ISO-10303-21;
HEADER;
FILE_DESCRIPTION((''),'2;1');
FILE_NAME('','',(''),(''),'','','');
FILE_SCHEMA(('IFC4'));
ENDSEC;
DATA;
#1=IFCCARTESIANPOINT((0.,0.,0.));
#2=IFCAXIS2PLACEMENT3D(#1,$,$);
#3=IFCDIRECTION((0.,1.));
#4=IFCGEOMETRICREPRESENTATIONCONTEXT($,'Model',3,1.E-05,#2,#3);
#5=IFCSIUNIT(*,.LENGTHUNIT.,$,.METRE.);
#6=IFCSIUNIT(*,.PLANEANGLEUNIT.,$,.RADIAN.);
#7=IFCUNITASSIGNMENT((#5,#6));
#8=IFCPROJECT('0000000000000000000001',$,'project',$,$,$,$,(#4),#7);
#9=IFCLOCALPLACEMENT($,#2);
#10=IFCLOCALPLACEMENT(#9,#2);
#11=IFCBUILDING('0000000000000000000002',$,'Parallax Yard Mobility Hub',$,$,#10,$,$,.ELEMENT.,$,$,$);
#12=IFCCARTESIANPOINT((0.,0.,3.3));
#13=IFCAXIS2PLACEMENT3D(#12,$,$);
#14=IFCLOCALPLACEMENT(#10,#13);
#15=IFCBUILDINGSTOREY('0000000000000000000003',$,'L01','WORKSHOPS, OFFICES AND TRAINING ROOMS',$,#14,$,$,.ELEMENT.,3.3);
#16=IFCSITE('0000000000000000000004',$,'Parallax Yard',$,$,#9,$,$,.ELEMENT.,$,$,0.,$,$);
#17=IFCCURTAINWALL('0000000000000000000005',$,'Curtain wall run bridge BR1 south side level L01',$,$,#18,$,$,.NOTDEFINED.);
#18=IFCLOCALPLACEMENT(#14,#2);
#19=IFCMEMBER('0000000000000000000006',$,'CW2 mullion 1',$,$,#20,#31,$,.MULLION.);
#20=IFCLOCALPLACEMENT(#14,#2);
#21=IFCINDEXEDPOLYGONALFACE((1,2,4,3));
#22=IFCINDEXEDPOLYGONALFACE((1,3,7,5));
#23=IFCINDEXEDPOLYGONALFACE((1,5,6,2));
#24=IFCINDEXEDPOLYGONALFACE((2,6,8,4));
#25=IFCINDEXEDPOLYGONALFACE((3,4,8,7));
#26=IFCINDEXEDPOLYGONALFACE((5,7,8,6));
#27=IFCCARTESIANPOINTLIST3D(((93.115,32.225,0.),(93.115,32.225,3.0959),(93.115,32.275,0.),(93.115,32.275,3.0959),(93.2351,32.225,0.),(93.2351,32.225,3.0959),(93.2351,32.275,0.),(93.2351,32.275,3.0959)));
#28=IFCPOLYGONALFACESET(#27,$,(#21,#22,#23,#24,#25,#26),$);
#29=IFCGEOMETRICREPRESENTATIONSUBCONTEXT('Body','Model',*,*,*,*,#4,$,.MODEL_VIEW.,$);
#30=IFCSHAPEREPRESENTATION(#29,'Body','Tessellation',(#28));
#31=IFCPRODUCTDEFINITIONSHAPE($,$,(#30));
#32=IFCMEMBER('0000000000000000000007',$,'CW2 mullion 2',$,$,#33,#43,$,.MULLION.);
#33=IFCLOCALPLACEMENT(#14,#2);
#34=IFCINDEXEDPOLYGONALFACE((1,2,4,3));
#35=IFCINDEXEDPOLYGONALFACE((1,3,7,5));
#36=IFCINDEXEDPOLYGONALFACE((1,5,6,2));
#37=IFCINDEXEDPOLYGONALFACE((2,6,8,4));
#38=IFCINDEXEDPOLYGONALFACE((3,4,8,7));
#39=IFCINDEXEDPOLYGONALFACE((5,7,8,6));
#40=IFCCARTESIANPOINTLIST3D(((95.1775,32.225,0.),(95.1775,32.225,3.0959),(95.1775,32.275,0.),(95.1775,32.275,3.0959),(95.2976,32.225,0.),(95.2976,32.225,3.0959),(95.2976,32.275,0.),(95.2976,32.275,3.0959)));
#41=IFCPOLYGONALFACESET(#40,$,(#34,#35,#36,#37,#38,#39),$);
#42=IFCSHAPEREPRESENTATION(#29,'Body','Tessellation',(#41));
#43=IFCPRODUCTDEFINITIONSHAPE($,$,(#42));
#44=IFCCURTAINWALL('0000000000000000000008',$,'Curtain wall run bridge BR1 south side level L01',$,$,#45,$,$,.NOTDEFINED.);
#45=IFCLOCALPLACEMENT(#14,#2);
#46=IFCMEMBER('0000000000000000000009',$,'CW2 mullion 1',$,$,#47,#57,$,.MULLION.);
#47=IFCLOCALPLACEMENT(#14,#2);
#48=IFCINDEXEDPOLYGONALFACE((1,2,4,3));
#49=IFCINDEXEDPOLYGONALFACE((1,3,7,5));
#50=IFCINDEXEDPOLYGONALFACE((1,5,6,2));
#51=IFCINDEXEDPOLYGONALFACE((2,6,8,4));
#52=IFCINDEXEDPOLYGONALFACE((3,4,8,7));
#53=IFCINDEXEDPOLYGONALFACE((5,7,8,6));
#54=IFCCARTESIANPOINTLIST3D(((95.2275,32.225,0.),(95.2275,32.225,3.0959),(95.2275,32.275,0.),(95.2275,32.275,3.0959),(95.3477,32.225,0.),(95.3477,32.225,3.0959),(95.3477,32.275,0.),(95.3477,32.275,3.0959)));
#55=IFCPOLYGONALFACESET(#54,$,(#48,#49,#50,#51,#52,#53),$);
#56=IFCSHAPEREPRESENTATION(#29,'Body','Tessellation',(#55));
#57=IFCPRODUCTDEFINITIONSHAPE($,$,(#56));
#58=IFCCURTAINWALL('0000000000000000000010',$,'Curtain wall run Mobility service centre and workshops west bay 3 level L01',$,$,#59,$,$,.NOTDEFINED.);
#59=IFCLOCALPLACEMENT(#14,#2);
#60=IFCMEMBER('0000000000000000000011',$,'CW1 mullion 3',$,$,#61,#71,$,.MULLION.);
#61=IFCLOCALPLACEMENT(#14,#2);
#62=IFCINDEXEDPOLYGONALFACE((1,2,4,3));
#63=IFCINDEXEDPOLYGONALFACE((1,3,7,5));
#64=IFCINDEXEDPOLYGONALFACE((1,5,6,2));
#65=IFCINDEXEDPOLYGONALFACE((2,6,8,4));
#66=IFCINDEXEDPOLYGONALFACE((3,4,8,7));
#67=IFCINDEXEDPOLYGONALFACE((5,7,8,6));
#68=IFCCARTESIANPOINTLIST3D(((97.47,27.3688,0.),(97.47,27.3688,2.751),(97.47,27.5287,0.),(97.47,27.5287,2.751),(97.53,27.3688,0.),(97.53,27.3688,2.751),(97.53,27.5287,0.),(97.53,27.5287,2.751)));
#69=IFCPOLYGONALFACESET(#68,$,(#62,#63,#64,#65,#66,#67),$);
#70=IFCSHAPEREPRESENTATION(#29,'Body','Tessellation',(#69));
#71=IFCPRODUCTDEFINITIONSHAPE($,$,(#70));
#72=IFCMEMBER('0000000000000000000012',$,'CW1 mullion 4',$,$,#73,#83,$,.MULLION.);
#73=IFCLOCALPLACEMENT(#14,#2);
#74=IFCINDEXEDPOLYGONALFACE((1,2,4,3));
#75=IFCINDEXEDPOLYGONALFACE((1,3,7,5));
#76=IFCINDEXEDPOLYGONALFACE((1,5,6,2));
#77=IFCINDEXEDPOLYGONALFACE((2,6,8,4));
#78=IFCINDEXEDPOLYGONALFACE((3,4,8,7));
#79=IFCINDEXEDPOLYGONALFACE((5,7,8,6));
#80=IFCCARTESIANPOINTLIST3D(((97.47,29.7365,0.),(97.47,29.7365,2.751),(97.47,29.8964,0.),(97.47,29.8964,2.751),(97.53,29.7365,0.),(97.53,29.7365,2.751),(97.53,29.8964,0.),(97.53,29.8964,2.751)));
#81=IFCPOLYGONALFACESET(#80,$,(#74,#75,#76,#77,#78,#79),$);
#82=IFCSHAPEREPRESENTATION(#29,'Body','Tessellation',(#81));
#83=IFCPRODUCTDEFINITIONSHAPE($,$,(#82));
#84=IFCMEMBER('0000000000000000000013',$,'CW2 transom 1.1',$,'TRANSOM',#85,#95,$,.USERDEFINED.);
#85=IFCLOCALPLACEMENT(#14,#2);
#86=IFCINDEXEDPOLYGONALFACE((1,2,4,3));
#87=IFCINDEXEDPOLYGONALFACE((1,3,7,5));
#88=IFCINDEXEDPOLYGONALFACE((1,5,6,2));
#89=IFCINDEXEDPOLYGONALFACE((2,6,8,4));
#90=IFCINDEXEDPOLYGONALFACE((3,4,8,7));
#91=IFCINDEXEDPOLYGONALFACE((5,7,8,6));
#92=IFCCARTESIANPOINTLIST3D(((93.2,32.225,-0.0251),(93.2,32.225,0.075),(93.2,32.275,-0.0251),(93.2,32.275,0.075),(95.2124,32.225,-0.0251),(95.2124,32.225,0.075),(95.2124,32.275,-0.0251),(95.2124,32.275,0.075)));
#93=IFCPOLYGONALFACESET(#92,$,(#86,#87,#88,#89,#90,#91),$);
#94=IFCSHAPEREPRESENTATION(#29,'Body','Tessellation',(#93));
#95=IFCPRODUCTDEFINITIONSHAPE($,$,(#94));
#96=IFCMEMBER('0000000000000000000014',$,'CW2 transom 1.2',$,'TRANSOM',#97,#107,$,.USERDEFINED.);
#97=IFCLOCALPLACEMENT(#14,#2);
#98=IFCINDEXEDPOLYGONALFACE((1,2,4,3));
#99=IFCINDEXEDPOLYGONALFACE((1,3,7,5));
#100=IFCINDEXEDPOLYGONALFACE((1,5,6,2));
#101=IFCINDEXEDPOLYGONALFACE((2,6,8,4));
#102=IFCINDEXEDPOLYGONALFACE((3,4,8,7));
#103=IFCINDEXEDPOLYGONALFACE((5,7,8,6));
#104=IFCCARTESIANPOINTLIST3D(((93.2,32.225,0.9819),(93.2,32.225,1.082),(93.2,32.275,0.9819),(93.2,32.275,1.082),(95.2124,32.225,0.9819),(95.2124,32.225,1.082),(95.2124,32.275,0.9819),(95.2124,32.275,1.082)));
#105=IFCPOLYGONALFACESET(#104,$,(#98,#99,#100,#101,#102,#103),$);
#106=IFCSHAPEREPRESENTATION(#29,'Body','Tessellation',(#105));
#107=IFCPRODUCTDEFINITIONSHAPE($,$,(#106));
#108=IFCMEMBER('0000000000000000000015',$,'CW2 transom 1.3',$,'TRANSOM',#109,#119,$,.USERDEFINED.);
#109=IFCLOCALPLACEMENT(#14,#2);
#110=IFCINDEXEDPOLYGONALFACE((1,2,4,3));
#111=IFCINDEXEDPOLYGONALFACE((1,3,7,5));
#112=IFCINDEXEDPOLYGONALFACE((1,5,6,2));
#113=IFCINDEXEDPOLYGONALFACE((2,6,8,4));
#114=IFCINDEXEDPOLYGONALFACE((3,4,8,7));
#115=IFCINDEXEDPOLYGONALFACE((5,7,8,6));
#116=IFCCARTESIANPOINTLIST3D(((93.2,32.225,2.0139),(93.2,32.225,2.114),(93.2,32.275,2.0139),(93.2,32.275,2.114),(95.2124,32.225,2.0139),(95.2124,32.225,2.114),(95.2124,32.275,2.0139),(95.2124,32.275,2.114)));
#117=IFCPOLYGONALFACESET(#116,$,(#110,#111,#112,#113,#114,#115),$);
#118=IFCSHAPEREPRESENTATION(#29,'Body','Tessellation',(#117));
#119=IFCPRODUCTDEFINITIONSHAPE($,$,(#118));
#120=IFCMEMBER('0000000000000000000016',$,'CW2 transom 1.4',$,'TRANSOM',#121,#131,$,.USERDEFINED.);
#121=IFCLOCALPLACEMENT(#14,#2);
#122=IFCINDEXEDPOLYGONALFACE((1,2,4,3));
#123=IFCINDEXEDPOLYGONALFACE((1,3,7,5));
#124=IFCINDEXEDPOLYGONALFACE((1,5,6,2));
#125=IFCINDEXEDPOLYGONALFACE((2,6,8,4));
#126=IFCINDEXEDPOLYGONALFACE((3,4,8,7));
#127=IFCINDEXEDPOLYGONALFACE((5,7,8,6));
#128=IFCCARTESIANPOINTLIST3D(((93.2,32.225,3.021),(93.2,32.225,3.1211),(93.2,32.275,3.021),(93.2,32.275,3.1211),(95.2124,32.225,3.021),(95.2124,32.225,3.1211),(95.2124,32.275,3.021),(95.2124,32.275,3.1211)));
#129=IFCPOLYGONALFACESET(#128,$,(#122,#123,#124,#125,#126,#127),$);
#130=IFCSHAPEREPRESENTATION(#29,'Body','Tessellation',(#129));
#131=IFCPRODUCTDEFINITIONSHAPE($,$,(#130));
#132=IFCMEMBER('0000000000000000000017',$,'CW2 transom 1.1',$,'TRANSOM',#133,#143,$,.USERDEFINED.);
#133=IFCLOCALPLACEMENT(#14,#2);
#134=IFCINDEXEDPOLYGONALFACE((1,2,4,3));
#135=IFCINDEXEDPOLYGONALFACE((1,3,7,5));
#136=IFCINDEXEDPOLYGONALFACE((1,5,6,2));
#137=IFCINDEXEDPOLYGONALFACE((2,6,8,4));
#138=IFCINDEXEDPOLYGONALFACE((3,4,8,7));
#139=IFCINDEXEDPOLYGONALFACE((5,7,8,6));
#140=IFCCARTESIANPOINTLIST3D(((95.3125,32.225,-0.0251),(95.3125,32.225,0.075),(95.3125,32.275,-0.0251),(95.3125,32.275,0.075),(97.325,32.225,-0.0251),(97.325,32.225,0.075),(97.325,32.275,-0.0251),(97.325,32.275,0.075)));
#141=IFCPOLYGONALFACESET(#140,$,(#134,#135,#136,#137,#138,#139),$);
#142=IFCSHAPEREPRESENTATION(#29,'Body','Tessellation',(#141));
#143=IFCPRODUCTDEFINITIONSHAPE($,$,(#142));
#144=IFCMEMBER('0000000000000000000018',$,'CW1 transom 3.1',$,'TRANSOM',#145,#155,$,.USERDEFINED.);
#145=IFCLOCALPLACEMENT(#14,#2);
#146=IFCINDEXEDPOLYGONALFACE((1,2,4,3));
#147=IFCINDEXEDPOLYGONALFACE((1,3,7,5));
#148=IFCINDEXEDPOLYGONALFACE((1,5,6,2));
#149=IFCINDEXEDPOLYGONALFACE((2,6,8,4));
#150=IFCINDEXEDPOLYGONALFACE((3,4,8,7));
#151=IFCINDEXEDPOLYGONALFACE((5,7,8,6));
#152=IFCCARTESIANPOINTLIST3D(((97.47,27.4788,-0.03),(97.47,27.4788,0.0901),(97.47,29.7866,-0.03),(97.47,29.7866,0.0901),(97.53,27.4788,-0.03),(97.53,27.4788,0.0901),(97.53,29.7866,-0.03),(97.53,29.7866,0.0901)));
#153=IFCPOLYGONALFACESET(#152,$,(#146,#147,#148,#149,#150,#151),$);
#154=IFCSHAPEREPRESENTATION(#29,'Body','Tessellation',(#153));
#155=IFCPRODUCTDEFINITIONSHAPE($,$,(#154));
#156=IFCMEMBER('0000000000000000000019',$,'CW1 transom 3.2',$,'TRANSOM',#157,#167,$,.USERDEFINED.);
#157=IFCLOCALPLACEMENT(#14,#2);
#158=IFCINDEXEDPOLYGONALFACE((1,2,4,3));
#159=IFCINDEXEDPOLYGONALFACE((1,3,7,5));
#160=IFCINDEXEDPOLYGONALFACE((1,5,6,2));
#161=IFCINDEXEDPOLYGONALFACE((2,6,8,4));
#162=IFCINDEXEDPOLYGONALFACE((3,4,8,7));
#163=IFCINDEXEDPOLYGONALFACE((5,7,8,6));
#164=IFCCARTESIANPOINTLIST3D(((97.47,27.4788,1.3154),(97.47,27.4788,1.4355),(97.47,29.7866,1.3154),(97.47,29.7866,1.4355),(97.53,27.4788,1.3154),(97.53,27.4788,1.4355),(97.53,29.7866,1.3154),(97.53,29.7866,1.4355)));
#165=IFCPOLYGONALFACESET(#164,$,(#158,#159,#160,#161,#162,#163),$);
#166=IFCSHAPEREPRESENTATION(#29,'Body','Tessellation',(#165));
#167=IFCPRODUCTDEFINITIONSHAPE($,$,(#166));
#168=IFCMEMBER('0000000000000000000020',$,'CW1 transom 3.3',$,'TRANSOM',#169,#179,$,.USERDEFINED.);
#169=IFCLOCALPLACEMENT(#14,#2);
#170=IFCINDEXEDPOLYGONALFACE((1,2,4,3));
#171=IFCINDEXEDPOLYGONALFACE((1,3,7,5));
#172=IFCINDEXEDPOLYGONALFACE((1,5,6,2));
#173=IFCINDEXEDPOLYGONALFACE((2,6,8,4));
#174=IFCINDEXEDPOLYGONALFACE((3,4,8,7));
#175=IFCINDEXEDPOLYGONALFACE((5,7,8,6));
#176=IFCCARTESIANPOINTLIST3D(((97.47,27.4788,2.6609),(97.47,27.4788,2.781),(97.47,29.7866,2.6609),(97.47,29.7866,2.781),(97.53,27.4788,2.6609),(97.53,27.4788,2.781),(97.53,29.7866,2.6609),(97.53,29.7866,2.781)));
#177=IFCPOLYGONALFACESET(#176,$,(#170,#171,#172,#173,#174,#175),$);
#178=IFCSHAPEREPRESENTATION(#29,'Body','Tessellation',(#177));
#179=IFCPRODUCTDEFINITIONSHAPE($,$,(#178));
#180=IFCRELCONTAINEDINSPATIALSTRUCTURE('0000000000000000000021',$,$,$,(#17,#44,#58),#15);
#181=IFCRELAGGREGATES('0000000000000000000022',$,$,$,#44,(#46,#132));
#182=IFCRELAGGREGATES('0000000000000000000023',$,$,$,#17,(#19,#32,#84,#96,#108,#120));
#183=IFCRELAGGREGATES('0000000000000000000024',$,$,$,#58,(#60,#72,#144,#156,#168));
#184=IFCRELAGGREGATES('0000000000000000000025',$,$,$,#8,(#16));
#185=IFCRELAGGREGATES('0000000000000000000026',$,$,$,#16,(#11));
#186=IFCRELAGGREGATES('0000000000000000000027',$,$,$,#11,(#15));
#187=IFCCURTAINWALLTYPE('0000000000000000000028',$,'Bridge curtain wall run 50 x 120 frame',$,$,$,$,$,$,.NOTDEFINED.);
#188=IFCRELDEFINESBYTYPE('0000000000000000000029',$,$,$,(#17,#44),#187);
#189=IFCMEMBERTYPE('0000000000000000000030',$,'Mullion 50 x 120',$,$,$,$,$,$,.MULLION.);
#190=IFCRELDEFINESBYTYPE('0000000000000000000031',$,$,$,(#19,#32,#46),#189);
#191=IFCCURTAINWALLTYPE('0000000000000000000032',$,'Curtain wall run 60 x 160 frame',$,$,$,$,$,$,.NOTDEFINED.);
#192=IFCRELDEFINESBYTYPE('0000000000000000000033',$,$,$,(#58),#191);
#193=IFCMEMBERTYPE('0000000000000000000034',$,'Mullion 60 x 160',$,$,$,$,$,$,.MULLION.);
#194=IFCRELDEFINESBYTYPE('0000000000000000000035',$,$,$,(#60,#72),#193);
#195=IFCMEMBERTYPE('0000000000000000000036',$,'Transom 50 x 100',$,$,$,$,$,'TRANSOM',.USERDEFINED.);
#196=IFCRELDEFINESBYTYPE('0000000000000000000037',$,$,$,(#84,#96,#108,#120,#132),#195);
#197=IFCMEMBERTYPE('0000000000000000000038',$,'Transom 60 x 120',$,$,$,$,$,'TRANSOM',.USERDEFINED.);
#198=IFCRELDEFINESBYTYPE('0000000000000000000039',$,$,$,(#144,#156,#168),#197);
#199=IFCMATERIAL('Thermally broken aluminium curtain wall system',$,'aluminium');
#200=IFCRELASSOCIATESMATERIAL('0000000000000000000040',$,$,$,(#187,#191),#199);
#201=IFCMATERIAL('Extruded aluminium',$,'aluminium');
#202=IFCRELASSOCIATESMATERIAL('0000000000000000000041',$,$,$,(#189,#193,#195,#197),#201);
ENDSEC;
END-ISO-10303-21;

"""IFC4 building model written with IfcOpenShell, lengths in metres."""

from ifc_helpers import new_model, si_unit, direction, frame, origin, origin_2d, place, context, subcontext, project, spatial, rectangle, extrude, material, material_profile, profile_set, type_object, element, aggregate, save


model = new_model("IFC4")

# Units and contexts
model_context = context("Model", 3, precision=1e-05, world=origin(), true_north=direction((0.0, 1.0)))
body_context = subcontext(model_context, "Body", "Model", "MODEL_VIEW")
ifc_project = project(units=[si_unit("LENGTHUNIT", "METRE"), si_unit("PLANEANGLEUNIT", "RADIAN")], contexts=[model_context])

# Site, building, storey
site_placement = place(None, origin())
site = spatial("IfcSite", under=ifc_project, at=site_placement, Name="Parallax Yard", CompositionType="ELEMENT", RefElevation=0.0)
building_placement = place(site_placement, origin())
building = spatial("IfcBuilding", under=site, at=building_placement, Name="Parallax Yard Mobility Hub", CompositionType="ELEMENT")
storey_placement = place(building_placement, frame((0.0, 0.0, 3.3)))
storey = spatial("IfcBuildingStorey", under=building, at=storey_placement, Name="L01", Description="WORKSHOPS, OFFICES AND TRAINING ROOMS", CompositionType="ELEMENT", Elevation=3.3)

# Curtain wall, members
ifc_material_1 = material(Name="Thermally broken aluminium curtain wall system", Category="aluminium")
curtain_wall_type_1 = type_object("IfcCurtainWallType", Name="Bridge curtain wall run 50 x 120 frame", PredefinedType="NOTDEFINED", material=ifc_material_1)
curtain_wall_1_placement = place(storey_placement, origin())
curtain_wall_1 = element("IfcCurtainWall", 1, at=curtain_wall_1_placement, inside=storey, type_object=curtain_wall_type_1, Name="Curtain wall run bridge BR1 south side level L01", PredefinedType="NOTDEFINED")
ifc_material_2 = material(Name="Extruded aluminium", Category="aluminium")
ifc_material_profile_1 = material_profile(ifc_material_2, rectangle(XDim=0.05, YDim=0.1201, at=origin_2d()), Name="Mullion 50 x 120")
ifc_profile_set_1 = profile_set([ifc_material_profile_1], Name="Extruded aluminium")
member_type_1 = type_object("IfcMemberType", Name="Mullion 50 x 120", PredefinedType="MULLION", material=ifc_profile_set_1)
member_1_placement = place(storey_placement, frame((93.175, 32.25, 0.0), z_axis=(0.0, 0.0, 1.0), x_axis=(0.0, 1.0, 0.0)))
member_1 = element("IfcMember", 2, at=member_1_placement, type_object=member_type_1, Name="CW2 mullion 1", PredefinedType="MULLION", context=body_context, shape_type="SweptSolid", body=[
    extrude(rectangle(XDim=0.05, YDim=0.1201, at=origin_2d()), origin(), (0.0, 0.0, 1.0), 3.0959),
])
member_2_placement = place(storey_placement, frame((95.2375, 32.25, 0.0), z_axis=(0.0, 0.0, 1.0), x_axis=(0.0, 1.0, 0.0)))
member_2 = element("IfcMember", 3, at=member_2_placement, type_object=member_type_1, Name="CW2 mullion 2", PredefinedType="MULLION", context=body_context, shape_type="SweptSolid", body=[
    extrude(rectangle(XDim=0.05, YDim=0.1201, at=origin_2d()), origin(), (0.0, 0.0, 1.0), 3.0959),
])

# Curtain wall, member
curtain_wall_2_placement = place(storey_placement, origin())
curtain_wall_2 = element("IfcCurtainWall", 4, at=curtain_wall_2_placement, inside=storey, type_object=curtain_wall_type_1, Name="Curtain wall run bridge BR1 south side level L01", PredefinedType="NOTDEFINED")
member_3_placement = place(storey_placement, frame((95.2876, 32.25, 0.0), z_axis=(0.0, 0.0, 1.0), x_axis=(0.0, 1.0, 0.0)))
member_3 = element("IfcMember", 5, at=member_3_placement, type_object=member_type_1, Name="CW2 mullion 1", PredefinedType="MULLION", context=body_context, shape_type="SweptSolid", body=[
    extrude(rectangle(XDim=0.05, YDim=0.1201, at=origin_2d()), origin(), (0.0, 0.0, 1.0), 3.0959),
])

# Curtain wall, members
curtain_wall_type_2 = type_object("IfcCurtainWallType", Name="Curtain wall run 60 x 160 frame", PredefinedType="NOTDEFINED", material=ifc_material_1)
curtain_wall_3_placement = place(storey_placement, origin())
curtain_wall_3 = element("IfcCurtainWall", 6, at=curtain_wall_3_placement, inside=storey, type_object=curtain_wall_type_2, Name="Curtain wall run Mobility service centre and workshops west bay 3 level L01", PredefinedType="NOTDEFINED")
ifc_material_profile_2 = material_profile(ifc_material_2, rectangle(XDim=0.0601, YDim=0.1599, at=origin_2d()), Name="Mullion 60 x 160")
ifc_profile_set_2 = profile_set([ifc_material_profile_2], Name="Extruded aluminium")
member_type_2 = type_object("IfcMemberType", Name="Mullion 60 x 160", PredefinedType="MULLION", material=ifc_profile_set_2)
member_4_placement = place(storey_placement, frame((97.5, 27.4487, 0.0), z_axis=(0.0, 0.0, 1.0), x_axis=(-1.0, 0.0, 0.0)))
member_4 = element("IfcMember", 7, at=member_4_placement, type_object=member_type_2, Name="CW1 mullion 3", PredefinedType="MULLION", context=body_context, shape_type="SweptSolid", body=[
    extrude(rectangle(XDim=0.0601, YDim=0.1599, at=origin_2d()), origin(), (0.0, 0.0, 1.0), 2.751),
])
member_5_placement = place(storey_placement, frame((97.5, 29.8164, 0.0), z_axis=(0.0, 0.0, 1.0), x_axis=(-1.0, 0.0, 0.0)))
member_5 = element("IfcMember", 8, at=member_5_placement, type_object=member_type_2, Name="CW1 mullion 4", PredefinedType="MULLION", context=body_context, shape_type="SweptSolid", body=[
    extrude(rectangle(XDim=0.0601, YDim=0.1599, at=origin_2d()), origin(), (0.0, 0.0, 1.0), 2.751),
])

# Members
ifc_material_profile_3 = material_profile(ifc_material_2, rectangle(XDim=0.05, YDim=0.1001, at=origin_2d()), Name="Transom 50 x 100")
ifc_profile_set_3 = profile_set([ifc_material_profile_3], Name="Extruded aluminium")
member_type_3 = type_object("IfcMemberType", Name="Transom 50 x 100", ElementType="TRANSOM", PredefinedType="USERDEFINED", material=ifc_profile_set_3)
member_6_placement = place(storey_placement, frame((93.2, 32.25, 0.0249), z_axis=(1.0, 0.0, 0.0), x_axis=(0.0, 1.0, 0.0)))
member_6 = element("IfcMember", 9, at=member_6_placement, type_object=member_type_3, Name="CW2 transom 1.1", ObjectType="TRANSOM", PredefinedType="USERDEFINED", context=body_context, shape_type="SweptSolid", body=[
    extrude(rectangle(XDim=0.05, YDim=0.1001, at=origin_2d()), origin(), (0.0, 0.0, 1.0), 2.0125),
])
member_7_placement = place(storey_placement, frame((93.2, 32.25, 1.032), z_axis=(1.0, 0.0, 0.0), x_axis=(0.0, 1.0, 0.0)))
member_7 = element("IfcMember", 10, at=member_7_placement, type_object=member_type_3, Name="CW2 transom 1.2", ObjectType="TRANSOM", PredefinedType="USERDEFINED", context=body_context, shape_type="SweptSolid", body=[
    extrude(rectangle(XDim=0.05, YDim=0.1001, at=origin_2d()), origin(), (0.0, 0.0, 1.0), 2.0125),
])
member_8_placement = place(storey_placement, frame((93.2, 32.25, 2.064), z_axis=(1.0, 0.0, 0.0), x_axis=(0.0, 1.0, 0.0)))
member_8 = element("IfcMember", 11, at=member_8_placement, type_object=member_type_3, Name="CW2 transom 1.3", ObjectType="TRANSOM", PredefinedType="USERDEFINED", context=body_context, shape_type="SweptSolid", body=[
    extrude(rectangle(XDim=0.05, YDim=0.1001, at=origin_2d()), origin(), (0.0, 0.0, 1.0), 2.0125),
])
member_9_placement = place(storey_placement, frame((93.2, 32.25, 3.071), z_axis=(1.0, 0.0, 0.0), x_axis=(0.0, 1.0, 0.0)))
member_9 = element("IfcMember", 12, at=member_9_placement, type_object=member_type_3, Name="CW2 transom 1.4", ObjectType="TRANSOM", PredefinedType="USERDEFINED", context=body_context, shape_type="SweptSolid", body=[
    extrude(rectangle(XDim=0.05, YDim=0.1001, at=origin_2d()), origin(), (0.0, 0.0, 1.0), 2.0125),
])
member_10_placement = place(storey_placement, frame((95.3125, 32.25, 0.0249), z_axis=(1.0, 0.0, 0.0), x_axis=(0.0, 1.0, 0.0)))
member_10 = element("IfcMember", 13, at=member_10_placement, type_object=member_type_3, Name="CW2 transom 1.1", ObjectType="TRANSOM", PredefinedType="USERDEFINED", context=body_context, shape_type="SweptSolid", body=[
    extrude(rectangle(XDim=0.05, YDim=0.1001, at=origin_2d()), origin(), (0.0, 0.0, 1.0), 2.0125),
])
aggregate(curtain_wall_2, [member_3, member_10])
ifc_material_profile_4 = material_profile(ifc_material_2, rectangle(XDim=0.0601, YDim=0.1201, at=origin_2d()), Name="Transom 60 x 120")
ifc_profile_set_4 = profile_set([ifc_material_profile_4], Name="Extruded aluminium")
member_type_4 = type_object("IfcMemberType", Name="Transom 60 x 120", ElementType="TRANSOM", PredefinedType="USERDEFINED", material=ifc_profile_set_4)
member_11_placement = place(storey_placement, frame((97.5, 27.4788, 0.03), z_axis=(0.0, 1.0, 0.0), x_axis=(-1.0, 0.0, 0.0)))
member_11 = element("IfcMember", 14, at=member_11_placement, type_object=member_type_4, Name="CW1 transom 3.1", ObjectType="TRANSOM", PredefinedType="USERDEFINED", context=body_context, shape_type="SweptSolid", body=[
    extrude(rectangle(XDim=0.0601, YDim=0.1201, at=origin_2d()), origin(), (0.0, 0.0, 1.0), 2.3079),
])
member_12_placement = place(storey_placement, frame((97.5, 27.4788, 1.3755), z_axis=(0.0, 1.0, 0.0), x_axis=(-1.0, 0.0, 0.0)))
member_12 = element("IfcMember", 15, at=member_12_placement, type_object=member_type_4, Name="CW1 transom 3.2", ObjectType="TRANSOM", PredefinedType="USERDEFINED", context=body_context, shape_type="SweptSolid", body=[
    extrude(rectangle(XDim=0.0601, YDim=0.1201, at=origin_2d()), origin(), (0.0, 0.0, 1.0), 2.3079),
])
member_13_placement = place(storey_placement, frame((97.5, 27.4788, 2.7209), z_axis=(0.0, 1.0, 0.0), x_axis=(-1.0, 0.0, 0.0)))
member_13 = element("IfcMember", 16, at=member_13_placement, type_object=member_type_4, Name="CW1 transom 3.3", ObjectType="TRANSOM", PredefinedType="USERDEFINED", context=body_context, shape_type="SweptSolid", body=[
    extrude(rectangle(XDim=0.0601, YDim=0.1201, at=origin_2d()), origin(), (0.0, 0.0, 1.0), 2.3079),
])

aggregate(curtain_wall_1, [member_1, member_2, member_6, member_7, member_8, member_9])
aggregate(curtain_wall_3, [member_4, member_5, member_11, member_12, member_13])

save(model, "model.ifc")
